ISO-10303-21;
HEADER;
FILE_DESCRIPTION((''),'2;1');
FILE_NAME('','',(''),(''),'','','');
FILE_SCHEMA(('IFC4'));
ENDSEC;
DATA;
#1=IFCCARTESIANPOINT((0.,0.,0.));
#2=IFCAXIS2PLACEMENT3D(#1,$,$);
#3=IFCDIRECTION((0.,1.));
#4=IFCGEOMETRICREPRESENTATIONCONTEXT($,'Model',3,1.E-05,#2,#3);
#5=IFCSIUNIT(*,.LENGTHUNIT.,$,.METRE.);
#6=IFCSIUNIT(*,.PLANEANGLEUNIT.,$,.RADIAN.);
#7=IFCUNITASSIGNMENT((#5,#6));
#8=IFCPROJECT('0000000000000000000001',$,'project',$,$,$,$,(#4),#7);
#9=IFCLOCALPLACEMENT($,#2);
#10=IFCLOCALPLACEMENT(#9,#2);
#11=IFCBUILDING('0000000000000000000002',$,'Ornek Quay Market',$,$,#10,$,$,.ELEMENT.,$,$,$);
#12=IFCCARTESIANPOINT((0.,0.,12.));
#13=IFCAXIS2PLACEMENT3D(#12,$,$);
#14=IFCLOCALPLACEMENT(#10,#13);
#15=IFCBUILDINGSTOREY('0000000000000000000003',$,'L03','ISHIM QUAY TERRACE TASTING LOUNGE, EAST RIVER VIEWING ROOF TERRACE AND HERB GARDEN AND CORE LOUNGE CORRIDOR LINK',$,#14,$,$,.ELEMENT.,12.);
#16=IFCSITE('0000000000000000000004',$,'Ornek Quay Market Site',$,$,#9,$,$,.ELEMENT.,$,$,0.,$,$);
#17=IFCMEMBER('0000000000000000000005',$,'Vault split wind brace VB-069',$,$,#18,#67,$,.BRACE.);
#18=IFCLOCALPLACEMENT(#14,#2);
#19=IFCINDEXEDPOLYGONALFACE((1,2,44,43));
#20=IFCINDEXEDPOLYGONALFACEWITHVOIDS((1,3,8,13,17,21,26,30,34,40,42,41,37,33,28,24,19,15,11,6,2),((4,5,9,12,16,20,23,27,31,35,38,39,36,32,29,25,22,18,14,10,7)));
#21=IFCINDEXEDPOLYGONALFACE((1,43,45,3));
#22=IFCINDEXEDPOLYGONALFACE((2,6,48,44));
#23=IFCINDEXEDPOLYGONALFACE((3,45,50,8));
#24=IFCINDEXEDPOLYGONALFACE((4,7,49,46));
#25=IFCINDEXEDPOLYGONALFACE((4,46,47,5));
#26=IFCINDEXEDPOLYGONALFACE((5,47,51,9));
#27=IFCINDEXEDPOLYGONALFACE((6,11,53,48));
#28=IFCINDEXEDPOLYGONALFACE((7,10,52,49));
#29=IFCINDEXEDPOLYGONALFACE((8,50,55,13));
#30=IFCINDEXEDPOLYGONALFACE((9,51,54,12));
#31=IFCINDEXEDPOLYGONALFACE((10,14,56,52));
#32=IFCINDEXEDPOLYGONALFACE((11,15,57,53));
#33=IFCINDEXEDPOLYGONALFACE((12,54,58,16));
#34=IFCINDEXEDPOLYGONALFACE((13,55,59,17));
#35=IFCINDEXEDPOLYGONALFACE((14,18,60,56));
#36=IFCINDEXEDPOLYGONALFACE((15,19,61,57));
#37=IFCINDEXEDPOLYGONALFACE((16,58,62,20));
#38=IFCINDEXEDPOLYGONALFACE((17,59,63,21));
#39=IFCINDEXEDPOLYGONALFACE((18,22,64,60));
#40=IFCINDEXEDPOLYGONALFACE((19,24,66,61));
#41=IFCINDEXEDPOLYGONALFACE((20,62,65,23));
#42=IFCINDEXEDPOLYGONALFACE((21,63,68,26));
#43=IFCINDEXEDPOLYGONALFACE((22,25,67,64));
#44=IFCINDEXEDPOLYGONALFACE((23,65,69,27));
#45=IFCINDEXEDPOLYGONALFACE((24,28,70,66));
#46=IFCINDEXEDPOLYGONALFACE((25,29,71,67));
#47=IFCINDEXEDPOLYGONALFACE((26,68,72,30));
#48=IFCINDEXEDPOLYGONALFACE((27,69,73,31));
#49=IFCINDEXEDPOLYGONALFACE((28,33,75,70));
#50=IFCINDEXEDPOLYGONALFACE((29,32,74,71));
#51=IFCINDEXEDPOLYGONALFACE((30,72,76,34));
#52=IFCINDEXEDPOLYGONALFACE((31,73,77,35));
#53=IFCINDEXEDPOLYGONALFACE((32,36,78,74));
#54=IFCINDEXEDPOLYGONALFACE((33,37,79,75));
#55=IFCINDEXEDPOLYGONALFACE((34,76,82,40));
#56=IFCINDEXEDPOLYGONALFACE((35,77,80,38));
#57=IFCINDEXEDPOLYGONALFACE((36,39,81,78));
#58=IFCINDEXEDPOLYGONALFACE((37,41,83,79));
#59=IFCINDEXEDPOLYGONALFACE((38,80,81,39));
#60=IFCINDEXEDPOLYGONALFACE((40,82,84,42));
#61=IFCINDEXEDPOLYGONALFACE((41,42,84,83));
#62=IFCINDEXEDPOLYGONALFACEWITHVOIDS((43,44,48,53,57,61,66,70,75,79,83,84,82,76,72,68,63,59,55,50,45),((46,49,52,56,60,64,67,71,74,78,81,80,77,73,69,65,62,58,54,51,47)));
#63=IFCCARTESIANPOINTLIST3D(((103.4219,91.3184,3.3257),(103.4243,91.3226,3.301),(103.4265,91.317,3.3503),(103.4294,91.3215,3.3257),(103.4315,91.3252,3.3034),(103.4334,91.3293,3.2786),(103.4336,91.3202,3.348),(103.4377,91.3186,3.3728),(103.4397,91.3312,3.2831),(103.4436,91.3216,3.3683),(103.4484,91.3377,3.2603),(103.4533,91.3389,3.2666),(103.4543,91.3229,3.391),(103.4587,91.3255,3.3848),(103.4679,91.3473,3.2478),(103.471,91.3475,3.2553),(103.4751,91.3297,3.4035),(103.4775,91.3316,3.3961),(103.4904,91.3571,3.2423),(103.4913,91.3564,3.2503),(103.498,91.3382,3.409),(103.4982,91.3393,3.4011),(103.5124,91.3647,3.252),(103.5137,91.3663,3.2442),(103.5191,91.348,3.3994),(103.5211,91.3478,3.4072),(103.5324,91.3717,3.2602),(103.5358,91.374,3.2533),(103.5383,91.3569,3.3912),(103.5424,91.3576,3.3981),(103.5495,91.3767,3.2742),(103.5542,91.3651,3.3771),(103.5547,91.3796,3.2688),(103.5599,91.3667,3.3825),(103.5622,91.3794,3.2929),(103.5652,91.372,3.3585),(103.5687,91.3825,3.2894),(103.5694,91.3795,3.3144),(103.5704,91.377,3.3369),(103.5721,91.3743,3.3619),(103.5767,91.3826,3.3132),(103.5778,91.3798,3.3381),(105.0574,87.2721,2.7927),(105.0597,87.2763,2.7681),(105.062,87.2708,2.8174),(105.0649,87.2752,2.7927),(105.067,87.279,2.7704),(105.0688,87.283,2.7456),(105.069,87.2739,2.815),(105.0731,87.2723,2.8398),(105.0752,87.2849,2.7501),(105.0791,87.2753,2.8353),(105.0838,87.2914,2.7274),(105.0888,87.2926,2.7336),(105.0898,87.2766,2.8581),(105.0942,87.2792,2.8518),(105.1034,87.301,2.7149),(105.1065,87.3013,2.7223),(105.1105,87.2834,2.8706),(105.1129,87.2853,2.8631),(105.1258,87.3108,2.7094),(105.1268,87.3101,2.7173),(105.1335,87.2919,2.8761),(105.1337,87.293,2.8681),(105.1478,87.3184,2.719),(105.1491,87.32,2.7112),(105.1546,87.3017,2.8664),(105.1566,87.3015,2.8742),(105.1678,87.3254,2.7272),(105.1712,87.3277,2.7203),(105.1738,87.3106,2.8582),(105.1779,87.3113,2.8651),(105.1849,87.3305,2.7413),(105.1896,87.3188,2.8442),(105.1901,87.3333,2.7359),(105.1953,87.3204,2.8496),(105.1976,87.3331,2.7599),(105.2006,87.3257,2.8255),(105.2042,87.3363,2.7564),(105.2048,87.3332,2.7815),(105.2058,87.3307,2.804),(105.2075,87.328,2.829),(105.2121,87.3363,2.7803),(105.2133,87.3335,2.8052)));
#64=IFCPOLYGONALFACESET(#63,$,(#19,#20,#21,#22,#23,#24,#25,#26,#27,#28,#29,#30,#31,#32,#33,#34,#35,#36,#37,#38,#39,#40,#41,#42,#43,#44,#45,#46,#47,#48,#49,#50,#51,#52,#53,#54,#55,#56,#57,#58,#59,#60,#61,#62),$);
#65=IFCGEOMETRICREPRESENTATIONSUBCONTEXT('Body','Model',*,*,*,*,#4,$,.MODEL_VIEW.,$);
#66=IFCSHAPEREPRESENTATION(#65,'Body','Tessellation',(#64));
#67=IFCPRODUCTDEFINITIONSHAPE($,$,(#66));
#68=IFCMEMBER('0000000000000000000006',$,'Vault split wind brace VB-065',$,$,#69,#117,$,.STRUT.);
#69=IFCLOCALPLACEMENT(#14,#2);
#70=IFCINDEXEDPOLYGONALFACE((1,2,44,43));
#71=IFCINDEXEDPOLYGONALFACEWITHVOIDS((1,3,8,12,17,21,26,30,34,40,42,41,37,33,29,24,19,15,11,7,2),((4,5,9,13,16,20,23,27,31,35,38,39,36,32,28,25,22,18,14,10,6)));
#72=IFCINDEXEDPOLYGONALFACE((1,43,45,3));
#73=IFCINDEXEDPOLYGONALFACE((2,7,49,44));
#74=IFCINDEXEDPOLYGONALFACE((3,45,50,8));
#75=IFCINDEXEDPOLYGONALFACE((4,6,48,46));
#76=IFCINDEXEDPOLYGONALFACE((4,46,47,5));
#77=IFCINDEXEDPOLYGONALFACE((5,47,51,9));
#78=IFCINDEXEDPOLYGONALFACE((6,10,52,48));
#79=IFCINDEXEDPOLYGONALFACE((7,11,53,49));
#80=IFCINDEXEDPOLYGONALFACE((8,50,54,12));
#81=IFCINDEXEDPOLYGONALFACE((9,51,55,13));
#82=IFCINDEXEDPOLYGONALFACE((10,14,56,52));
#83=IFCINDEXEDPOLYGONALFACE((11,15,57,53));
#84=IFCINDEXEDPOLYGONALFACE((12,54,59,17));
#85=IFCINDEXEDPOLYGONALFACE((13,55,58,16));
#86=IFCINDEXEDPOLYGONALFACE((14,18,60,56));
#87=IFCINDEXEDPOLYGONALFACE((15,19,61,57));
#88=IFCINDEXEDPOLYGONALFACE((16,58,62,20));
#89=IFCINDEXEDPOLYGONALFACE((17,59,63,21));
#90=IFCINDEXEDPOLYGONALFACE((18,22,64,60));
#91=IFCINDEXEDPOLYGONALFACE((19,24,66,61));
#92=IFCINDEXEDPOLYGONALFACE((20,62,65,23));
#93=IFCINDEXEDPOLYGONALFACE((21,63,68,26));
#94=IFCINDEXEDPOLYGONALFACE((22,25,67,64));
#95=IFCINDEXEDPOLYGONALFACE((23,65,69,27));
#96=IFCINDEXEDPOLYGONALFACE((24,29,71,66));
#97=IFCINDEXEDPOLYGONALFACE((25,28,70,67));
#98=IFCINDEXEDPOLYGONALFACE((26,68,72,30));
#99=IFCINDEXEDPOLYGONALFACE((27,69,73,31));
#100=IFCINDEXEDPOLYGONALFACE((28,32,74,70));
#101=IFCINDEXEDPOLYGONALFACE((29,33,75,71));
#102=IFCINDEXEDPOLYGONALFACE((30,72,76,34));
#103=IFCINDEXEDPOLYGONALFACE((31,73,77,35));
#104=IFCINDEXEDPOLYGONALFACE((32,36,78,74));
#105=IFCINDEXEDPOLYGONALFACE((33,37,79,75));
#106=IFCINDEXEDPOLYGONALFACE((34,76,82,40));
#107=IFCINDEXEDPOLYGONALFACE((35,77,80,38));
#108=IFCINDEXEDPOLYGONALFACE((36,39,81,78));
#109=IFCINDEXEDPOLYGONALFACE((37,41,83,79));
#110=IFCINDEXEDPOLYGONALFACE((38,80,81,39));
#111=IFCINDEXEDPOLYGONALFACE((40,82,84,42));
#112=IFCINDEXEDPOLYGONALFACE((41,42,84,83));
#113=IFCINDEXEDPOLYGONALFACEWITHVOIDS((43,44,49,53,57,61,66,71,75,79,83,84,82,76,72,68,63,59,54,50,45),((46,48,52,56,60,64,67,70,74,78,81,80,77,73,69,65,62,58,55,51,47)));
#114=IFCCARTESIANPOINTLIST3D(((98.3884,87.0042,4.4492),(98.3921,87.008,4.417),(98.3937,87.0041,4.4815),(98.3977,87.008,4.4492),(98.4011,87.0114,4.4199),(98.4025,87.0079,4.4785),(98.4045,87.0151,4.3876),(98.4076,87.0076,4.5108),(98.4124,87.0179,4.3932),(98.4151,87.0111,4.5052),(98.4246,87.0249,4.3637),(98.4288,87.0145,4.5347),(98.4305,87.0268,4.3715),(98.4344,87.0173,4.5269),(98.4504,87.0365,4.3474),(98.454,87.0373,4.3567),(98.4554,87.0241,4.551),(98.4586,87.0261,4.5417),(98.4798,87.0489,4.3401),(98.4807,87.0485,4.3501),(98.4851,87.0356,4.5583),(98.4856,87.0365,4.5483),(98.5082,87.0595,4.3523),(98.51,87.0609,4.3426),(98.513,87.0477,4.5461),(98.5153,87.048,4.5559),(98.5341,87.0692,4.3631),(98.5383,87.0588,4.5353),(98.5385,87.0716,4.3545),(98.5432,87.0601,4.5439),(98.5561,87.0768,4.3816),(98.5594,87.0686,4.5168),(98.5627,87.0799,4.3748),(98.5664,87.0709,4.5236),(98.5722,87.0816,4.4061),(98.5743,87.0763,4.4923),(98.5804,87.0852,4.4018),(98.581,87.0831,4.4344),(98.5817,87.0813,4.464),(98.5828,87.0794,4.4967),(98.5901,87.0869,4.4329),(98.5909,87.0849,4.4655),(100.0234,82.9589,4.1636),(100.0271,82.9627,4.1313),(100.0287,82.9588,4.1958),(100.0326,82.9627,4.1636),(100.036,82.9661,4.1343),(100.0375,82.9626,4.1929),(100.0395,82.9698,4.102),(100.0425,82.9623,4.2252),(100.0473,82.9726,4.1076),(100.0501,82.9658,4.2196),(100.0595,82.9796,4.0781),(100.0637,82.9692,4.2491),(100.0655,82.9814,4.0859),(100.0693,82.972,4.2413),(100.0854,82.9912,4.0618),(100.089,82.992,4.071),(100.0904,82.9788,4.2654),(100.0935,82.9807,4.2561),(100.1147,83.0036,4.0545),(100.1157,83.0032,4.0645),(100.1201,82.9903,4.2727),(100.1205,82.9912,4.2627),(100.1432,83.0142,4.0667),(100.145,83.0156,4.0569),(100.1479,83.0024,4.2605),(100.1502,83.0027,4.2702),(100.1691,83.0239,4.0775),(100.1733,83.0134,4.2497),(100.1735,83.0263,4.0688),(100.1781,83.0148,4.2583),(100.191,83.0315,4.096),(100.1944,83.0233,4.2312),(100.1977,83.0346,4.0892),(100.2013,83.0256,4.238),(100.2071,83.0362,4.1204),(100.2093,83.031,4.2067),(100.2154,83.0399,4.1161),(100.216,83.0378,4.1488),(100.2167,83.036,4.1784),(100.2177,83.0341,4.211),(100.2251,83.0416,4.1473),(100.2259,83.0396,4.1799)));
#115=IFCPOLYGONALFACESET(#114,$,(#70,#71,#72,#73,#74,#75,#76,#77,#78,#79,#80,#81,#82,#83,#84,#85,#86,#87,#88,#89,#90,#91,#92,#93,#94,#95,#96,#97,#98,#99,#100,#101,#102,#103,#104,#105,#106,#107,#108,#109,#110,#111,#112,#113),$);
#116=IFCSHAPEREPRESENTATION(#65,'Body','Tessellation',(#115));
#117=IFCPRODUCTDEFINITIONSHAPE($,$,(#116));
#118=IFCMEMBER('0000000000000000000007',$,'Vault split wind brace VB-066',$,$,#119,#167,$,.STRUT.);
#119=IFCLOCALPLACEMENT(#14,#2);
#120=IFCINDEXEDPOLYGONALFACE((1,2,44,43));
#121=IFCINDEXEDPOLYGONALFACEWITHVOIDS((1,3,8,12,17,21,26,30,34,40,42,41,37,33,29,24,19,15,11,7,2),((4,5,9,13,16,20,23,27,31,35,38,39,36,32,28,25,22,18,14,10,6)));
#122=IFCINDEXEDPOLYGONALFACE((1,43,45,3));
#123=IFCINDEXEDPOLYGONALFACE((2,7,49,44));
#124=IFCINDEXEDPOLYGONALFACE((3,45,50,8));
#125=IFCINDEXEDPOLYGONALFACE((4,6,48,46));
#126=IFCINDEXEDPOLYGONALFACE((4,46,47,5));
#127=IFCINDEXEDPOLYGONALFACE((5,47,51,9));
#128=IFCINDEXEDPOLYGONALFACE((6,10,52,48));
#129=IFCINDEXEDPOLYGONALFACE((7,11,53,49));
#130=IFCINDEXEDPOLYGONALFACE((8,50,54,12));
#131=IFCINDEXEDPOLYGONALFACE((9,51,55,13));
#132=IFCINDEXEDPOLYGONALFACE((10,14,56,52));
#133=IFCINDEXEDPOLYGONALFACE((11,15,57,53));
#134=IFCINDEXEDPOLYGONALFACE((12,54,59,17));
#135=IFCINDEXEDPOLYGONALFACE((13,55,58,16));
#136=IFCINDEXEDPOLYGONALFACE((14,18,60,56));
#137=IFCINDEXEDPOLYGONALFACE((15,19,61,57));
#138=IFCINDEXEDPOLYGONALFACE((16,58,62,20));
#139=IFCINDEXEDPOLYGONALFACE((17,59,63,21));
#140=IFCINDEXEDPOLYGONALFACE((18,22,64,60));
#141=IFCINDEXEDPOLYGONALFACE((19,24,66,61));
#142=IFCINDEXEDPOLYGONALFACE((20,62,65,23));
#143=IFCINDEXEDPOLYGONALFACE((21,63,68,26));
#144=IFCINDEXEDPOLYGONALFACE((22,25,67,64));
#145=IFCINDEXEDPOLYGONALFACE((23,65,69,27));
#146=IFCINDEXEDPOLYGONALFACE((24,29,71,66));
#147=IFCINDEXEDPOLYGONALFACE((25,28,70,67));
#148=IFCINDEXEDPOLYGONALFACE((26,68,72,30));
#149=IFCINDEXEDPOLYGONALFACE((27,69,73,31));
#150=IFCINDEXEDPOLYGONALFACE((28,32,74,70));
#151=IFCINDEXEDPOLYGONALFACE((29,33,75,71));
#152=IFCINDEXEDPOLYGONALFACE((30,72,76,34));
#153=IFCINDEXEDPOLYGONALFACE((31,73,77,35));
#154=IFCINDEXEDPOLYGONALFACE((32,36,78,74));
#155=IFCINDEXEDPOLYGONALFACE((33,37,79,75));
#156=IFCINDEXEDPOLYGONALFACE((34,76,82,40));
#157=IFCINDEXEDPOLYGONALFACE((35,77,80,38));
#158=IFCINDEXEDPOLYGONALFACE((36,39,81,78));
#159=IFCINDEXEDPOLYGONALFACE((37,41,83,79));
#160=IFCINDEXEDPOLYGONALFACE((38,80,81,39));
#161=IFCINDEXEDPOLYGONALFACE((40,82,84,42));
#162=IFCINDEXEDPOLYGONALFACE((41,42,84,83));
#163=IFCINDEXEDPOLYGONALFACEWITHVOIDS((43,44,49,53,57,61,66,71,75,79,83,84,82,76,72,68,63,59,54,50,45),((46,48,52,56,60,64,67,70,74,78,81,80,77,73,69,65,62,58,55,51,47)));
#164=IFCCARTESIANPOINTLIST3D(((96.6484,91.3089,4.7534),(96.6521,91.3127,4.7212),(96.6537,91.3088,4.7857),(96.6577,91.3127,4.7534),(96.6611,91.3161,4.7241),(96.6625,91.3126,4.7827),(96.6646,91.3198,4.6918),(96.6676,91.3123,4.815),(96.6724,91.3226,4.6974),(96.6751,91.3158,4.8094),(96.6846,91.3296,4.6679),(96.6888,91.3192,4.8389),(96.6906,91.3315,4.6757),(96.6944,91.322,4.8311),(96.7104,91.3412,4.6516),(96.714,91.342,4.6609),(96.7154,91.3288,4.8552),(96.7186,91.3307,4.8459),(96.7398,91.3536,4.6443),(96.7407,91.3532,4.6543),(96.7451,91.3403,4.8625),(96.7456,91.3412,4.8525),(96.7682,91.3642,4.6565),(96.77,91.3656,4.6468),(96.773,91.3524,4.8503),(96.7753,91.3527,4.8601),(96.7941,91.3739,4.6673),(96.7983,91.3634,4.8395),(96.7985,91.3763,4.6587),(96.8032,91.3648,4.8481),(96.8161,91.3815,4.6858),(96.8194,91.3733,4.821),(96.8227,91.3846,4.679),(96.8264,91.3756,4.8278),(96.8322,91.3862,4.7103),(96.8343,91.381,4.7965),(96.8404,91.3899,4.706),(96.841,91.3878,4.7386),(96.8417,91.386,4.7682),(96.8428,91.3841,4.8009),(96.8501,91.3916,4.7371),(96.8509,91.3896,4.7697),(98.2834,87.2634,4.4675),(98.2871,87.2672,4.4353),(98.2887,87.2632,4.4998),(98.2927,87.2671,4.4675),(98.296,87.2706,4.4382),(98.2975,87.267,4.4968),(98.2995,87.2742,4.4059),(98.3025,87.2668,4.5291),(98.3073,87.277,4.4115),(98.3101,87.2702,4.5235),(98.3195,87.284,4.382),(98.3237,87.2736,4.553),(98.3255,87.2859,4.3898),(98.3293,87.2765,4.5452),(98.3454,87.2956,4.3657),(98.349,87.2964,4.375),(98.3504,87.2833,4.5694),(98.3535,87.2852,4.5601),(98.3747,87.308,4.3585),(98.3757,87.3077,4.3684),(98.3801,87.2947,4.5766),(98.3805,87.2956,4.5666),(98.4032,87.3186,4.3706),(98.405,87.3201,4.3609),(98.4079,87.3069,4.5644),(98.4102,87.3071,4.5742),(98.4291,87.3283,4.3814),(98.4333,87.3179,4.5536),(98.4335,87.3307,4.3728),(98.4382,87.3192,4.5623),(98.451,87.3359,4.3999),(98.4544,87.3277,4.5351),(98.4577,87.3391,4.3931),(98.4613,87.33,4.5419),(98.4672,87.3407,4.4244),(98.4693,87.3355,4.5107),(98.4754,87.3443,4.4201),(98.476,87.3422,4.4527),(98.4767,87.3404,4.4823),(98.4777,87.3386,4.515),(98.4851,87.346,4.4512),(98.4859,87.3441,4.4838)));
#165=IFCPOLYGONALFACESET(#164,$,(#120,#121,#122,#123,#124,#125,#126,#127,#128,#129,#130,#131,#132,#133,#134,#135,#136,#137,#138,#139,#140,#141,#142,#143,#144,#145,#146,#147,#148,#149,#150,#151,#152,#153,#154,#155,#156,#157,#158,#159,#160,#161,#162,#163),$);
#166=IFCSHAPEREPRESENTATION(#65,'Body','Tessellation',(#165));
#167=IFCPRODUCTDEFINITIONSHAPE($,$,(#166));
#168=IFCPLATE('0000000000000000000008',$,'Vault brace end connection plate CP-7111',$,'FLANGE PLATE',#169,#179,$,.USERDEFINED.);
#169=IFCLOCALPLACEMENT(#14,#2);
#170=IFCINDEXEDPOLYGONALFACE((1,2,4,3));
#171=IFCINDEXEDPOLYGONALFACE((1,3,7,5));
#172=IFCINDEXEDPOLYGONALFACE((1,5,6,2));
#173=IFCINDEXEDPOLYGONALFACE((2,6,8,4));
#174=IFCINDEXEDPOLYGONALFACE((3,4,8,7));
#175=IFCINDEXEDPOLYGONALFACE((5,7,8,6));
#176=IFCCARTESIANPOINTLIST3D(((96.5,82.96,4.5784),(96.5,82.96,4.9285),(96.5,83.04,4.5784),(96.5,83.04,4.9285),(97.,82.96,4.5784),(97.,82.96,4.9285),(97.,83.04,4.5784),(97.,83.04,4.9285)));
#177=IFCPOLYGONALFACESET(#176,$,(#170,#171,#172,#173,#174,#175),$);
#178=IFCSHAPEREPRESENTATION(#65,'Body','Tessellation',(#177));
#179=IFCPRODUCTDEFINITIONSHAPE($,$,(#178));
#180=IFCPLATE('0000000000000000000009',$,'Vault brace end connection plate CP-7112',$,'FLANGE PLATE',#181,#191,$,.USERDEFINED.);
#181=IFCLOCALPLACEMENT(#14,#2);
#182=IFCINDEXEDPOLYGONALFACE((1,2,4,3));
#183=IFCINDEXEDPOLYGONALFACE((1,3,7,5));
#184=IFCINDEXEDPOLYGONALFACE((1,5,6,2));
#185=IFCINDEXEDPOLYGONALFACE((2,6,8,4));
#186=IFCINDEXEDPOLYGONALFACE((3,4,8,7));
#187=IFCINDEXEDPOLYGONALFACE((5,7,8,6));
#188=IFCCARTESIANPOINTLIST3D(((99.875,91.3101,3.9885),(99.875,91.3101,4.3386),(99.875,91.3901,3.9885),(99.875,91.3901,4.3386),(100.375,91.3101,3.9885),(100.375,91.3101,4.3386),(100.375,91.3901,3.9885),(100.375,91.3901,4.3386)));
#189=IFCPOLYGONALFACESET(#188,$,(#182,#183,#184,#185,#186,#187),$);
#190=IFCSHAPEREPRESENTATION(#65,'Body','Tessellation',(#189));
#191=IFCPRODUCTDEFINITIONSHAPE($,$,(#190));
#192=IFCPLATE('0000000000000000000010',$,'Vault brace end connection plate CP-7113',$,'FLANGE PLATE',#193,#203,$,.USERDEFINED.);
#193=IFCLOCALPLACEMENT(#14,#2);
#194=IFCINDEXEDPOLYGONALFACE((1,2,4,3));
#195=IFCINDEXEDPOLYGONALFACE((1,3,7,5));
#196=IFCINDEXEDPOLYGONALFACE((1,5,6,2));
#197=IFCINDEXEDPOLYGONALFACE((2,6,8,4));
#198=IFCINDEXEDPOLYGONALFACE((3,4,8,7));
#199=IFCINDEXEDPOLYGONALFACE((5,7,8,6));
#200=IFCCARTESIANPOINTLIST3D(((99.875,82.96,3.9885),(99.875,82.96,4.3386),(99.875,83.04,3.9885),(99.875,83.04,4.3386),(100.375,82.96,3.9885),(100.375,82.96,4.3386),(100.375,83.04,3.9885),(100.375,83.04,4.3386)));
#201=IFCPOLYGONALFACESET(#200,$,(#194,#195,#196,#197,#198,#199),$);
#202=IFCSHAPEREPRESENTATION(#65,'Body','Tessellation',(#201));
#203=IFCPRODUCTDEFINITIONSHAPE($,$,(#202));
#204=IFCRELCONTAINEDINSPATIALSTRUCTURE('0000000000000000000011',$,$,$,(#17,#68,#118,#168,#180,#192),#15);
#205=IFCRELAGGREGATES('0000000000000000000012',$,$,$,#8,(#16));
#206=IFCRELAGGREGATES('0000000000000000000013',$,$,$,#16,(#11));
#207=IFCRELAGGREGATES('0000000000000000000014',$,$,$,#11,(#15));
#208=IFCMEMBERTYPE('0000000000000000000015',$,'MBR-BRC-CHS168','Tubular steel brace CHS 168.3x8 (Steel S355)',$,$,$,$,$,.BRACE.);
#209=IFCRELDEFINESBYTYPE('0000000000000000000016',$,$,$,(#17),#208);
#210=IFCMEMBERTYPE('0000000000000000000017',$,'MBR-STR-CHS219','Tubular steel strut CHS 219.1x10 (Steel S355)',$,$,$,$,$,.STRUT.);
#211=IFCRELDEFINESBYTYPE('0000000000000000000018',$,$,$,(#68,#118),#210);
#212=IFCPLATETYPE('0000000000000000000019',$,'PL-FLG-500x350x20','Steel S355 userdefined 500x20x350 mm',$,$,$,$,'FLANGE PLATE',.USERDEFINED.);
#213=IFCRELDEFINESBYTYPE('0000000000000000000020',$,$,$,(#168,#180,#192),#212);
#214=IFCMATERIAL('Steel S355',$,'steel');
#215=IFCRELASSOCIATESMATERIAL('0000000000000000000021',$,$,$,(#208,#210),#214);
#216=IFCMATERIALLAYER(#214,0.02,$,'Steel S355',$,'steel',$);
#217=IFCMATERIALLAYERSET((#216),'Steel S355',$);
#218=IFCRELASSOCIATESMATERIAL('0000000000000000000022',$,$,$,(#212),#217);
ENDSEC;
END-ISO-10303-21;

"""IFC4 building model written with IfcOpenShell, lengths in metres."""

from ifc_helpers import new_model, si_unit, direction, frame, origin, origin_2d, place, context, subcontext, project, spatial, rectangle, hollow_circle, extrude, material, layer, layer_set, material_profile, profile_set, type_object, element, save


model = new_model("IFC4")

# Units and contexts
model_context = context("Model", 3, precision=1e-05, world=origin(), true_north=direction((0.0, 1.0)))
body_context = subcontext(model_context, "Body", "Model", "MODEL_VIEW")
ifc_project = project(units=[si_unit("LENGTHUNIT", "METRE"), si_unit("PLANEANGLEUNIT", "RADIAN")], contexts=[model_context])

# Site, building, storey
site_placement = place(None, origin())
site = spatial("IfcSite", under=ifc_project, at=site_placement, Name="Ornek Quay Market Site", CompositionType="ELEMENT", RefElevation=0.0)
building_placement = place(site_placement, origin())
building = spatial("IfcBuilding", under=site, at=building_placement, Name="Ornek Quay Market", CompositionType="ELEMENT")
storey_placement = place(building_placement, frame((0.0, 0.0, 12.0)))
storey = spatial("IfcBuildingStorey", under=building, at=storey_placement, Name="L03", Description="ISHIM QUAY TERRACE TASTING LOUNGE, EAST RIVER VIEWING ROOF TERRACE AND HERB GARDEN AND CORE LOUNGE CORRIDOR LINK", CompositionType="ELEMENT", Elevation=12.0)

# Shared definitions
ifc_material_1 = material(Name="Steel S355", Category="steel")

# Members
ifc_material_profile_1 = material_profile(ifc_material_1, hollow_circle(Radius=0.0842, WallThickness=0.0081, at=origin_2d()), Name="CHS 168.3x8", Category="steel")
ifc_profile_set_1 = profile_set([ifc_material_profile_1], Name="Steel S355")
member_type_1 = type_object("IfcMemberType", Name="MBR-BRC-CHS168", Description="Tubular steel brace CHS 168.3x8 (Steel S355)", PredefinedType="BRACE", material=ifc_profile_set_1)
for number, where, z_axis, x_axis, name in (
    (1, (105.1355, 87.3037, 2.7927), (-0.371972, 0.920296, 0.121214), (-0.927132, -0.374735, 0.0), "Vault split wind brace VB-069"),
):
    element("IfcMember", number, at=place(storey_placement, frame(where, z_axis=z_axis, x_axis=x_axis)), inside=storey, type_object=member_type_1, Name=name, PredefinedType="BRACE", context=body_context, shape_type="SweptSolid", body=[
        extrude(hollow_circle(Radius=0.0842, WallThickness=0.0081, at=origin_2d()), origin(), (0.0, 0.0, 1.0), 4.3967),
    ])
ifc_material_profile_2 = material_profile(ifc_material_1, hollow_circle(Radius=0.1096, WallThickness=0.01, at=origin_2d()), Name="CHS 219.1x10", Category="steel")
ifc_profile_set_2 = profile_set([ifc_material_profile_2], Name="Steel S355")
member_type_2 = type_object("IfcMemberType", Name="MBR-STR-CHS219", Description="Tubular steel strut CHS 219.1x10 (Steel S355)", PredefinedType="STRUT", material=ifc_profile_set_2)
member_1_placement = place(storey_placement, frame((100.125, 83.0, 4.1636), z_axis=(-0.373916, 0.925159, 0.065325), x_axis=(-0.927139, -0.374717, 0.0)))
element("IfcMember", 2, at=member_1_placement, inside=storey, type_object=member_type_2, Name="Vault split wind brace VB-065", PredefinedType="STRUT", context=body_context, shape_type="SweptSolid", body=[
    extrude(hollow_circle(Radius=0.1096, WallThickness=0.01, at=origin_2d()), origin(), (0.0, 0.0, 1.0), 4.3726),
])
member_2_placement = place(storey_placement, frame((98.385, 87.3044, 4.4675), z_axis=(-0.373895, 0.925164, 0.065377), x_axis=(-0.927147, -0.374697, 0.0)))
element("IfcMember", 3, at=member_2_placement, inside=storey, type_object=member_type_2, Name="Vault split wind brace VB-066", PredefinedType="STRUT", context=body_context, shape_type="SweptSolid", body=[
    extrude(hollow_circle(Radius=0.1096, WallThickness=0.01, at=origin_2d()), origin(), (0.0, 0.0, 1.0), 4.3728),
])

# Plates
ifc_layer_1 = layer(ifc_material_1, 0.02, Name="Steel S355", Category="steel")
ifc_layer_set_1 = layer_set([ifc_layer_1], Name="Steel S355")
plate_type_1 = type_object("IfcPlateType", Name="PL-FLG-500x350x20", Description="Steel S355 userdefined 500x20x350 mm", ElementType="FLANGE PLATE", PredefinedType="USERDEFINED", material=ifc_layer_set_1)
for number, where, z_axis, x_axis, name in (
    (4, (96.75, 83.0, 4.5784), (0.0, 0.0, 1.0), (1.0, 0.0, 0.0), "Vault brace end connection plate CP-7111"),
    (5, (100.125, 91.3501, 3.9885), (0.0, 0.0, 1.0), (1.0, 0.0, 0.0), "Vault brace end connection plate CP-7112"),
    (6, (100.125, 83.0, 3.9885), (0.0, 0.0, 1.0), (1.0, 0.0, 0.0), "Vault brace end connection plate CP-7113"),
):
    element("IfcPlate", number, at=place(storey_placement, frame(where, z_axis=z_axis, x_axis=x_axis)), inside=storey, type_object=plate_type_1, Name=name, ObjectType="FLANGE PLATE", PredefinedType="USERDEFINED", context=body_context, shape_type="SweptSolid", body=[
        extrude(rectangle(XDim=0.5, YDim=0.0801, at=origin_2d()), origin(), (0.0, 0.0, 1.0), 0.3501),
    ])

save(model, "model.ifc")
